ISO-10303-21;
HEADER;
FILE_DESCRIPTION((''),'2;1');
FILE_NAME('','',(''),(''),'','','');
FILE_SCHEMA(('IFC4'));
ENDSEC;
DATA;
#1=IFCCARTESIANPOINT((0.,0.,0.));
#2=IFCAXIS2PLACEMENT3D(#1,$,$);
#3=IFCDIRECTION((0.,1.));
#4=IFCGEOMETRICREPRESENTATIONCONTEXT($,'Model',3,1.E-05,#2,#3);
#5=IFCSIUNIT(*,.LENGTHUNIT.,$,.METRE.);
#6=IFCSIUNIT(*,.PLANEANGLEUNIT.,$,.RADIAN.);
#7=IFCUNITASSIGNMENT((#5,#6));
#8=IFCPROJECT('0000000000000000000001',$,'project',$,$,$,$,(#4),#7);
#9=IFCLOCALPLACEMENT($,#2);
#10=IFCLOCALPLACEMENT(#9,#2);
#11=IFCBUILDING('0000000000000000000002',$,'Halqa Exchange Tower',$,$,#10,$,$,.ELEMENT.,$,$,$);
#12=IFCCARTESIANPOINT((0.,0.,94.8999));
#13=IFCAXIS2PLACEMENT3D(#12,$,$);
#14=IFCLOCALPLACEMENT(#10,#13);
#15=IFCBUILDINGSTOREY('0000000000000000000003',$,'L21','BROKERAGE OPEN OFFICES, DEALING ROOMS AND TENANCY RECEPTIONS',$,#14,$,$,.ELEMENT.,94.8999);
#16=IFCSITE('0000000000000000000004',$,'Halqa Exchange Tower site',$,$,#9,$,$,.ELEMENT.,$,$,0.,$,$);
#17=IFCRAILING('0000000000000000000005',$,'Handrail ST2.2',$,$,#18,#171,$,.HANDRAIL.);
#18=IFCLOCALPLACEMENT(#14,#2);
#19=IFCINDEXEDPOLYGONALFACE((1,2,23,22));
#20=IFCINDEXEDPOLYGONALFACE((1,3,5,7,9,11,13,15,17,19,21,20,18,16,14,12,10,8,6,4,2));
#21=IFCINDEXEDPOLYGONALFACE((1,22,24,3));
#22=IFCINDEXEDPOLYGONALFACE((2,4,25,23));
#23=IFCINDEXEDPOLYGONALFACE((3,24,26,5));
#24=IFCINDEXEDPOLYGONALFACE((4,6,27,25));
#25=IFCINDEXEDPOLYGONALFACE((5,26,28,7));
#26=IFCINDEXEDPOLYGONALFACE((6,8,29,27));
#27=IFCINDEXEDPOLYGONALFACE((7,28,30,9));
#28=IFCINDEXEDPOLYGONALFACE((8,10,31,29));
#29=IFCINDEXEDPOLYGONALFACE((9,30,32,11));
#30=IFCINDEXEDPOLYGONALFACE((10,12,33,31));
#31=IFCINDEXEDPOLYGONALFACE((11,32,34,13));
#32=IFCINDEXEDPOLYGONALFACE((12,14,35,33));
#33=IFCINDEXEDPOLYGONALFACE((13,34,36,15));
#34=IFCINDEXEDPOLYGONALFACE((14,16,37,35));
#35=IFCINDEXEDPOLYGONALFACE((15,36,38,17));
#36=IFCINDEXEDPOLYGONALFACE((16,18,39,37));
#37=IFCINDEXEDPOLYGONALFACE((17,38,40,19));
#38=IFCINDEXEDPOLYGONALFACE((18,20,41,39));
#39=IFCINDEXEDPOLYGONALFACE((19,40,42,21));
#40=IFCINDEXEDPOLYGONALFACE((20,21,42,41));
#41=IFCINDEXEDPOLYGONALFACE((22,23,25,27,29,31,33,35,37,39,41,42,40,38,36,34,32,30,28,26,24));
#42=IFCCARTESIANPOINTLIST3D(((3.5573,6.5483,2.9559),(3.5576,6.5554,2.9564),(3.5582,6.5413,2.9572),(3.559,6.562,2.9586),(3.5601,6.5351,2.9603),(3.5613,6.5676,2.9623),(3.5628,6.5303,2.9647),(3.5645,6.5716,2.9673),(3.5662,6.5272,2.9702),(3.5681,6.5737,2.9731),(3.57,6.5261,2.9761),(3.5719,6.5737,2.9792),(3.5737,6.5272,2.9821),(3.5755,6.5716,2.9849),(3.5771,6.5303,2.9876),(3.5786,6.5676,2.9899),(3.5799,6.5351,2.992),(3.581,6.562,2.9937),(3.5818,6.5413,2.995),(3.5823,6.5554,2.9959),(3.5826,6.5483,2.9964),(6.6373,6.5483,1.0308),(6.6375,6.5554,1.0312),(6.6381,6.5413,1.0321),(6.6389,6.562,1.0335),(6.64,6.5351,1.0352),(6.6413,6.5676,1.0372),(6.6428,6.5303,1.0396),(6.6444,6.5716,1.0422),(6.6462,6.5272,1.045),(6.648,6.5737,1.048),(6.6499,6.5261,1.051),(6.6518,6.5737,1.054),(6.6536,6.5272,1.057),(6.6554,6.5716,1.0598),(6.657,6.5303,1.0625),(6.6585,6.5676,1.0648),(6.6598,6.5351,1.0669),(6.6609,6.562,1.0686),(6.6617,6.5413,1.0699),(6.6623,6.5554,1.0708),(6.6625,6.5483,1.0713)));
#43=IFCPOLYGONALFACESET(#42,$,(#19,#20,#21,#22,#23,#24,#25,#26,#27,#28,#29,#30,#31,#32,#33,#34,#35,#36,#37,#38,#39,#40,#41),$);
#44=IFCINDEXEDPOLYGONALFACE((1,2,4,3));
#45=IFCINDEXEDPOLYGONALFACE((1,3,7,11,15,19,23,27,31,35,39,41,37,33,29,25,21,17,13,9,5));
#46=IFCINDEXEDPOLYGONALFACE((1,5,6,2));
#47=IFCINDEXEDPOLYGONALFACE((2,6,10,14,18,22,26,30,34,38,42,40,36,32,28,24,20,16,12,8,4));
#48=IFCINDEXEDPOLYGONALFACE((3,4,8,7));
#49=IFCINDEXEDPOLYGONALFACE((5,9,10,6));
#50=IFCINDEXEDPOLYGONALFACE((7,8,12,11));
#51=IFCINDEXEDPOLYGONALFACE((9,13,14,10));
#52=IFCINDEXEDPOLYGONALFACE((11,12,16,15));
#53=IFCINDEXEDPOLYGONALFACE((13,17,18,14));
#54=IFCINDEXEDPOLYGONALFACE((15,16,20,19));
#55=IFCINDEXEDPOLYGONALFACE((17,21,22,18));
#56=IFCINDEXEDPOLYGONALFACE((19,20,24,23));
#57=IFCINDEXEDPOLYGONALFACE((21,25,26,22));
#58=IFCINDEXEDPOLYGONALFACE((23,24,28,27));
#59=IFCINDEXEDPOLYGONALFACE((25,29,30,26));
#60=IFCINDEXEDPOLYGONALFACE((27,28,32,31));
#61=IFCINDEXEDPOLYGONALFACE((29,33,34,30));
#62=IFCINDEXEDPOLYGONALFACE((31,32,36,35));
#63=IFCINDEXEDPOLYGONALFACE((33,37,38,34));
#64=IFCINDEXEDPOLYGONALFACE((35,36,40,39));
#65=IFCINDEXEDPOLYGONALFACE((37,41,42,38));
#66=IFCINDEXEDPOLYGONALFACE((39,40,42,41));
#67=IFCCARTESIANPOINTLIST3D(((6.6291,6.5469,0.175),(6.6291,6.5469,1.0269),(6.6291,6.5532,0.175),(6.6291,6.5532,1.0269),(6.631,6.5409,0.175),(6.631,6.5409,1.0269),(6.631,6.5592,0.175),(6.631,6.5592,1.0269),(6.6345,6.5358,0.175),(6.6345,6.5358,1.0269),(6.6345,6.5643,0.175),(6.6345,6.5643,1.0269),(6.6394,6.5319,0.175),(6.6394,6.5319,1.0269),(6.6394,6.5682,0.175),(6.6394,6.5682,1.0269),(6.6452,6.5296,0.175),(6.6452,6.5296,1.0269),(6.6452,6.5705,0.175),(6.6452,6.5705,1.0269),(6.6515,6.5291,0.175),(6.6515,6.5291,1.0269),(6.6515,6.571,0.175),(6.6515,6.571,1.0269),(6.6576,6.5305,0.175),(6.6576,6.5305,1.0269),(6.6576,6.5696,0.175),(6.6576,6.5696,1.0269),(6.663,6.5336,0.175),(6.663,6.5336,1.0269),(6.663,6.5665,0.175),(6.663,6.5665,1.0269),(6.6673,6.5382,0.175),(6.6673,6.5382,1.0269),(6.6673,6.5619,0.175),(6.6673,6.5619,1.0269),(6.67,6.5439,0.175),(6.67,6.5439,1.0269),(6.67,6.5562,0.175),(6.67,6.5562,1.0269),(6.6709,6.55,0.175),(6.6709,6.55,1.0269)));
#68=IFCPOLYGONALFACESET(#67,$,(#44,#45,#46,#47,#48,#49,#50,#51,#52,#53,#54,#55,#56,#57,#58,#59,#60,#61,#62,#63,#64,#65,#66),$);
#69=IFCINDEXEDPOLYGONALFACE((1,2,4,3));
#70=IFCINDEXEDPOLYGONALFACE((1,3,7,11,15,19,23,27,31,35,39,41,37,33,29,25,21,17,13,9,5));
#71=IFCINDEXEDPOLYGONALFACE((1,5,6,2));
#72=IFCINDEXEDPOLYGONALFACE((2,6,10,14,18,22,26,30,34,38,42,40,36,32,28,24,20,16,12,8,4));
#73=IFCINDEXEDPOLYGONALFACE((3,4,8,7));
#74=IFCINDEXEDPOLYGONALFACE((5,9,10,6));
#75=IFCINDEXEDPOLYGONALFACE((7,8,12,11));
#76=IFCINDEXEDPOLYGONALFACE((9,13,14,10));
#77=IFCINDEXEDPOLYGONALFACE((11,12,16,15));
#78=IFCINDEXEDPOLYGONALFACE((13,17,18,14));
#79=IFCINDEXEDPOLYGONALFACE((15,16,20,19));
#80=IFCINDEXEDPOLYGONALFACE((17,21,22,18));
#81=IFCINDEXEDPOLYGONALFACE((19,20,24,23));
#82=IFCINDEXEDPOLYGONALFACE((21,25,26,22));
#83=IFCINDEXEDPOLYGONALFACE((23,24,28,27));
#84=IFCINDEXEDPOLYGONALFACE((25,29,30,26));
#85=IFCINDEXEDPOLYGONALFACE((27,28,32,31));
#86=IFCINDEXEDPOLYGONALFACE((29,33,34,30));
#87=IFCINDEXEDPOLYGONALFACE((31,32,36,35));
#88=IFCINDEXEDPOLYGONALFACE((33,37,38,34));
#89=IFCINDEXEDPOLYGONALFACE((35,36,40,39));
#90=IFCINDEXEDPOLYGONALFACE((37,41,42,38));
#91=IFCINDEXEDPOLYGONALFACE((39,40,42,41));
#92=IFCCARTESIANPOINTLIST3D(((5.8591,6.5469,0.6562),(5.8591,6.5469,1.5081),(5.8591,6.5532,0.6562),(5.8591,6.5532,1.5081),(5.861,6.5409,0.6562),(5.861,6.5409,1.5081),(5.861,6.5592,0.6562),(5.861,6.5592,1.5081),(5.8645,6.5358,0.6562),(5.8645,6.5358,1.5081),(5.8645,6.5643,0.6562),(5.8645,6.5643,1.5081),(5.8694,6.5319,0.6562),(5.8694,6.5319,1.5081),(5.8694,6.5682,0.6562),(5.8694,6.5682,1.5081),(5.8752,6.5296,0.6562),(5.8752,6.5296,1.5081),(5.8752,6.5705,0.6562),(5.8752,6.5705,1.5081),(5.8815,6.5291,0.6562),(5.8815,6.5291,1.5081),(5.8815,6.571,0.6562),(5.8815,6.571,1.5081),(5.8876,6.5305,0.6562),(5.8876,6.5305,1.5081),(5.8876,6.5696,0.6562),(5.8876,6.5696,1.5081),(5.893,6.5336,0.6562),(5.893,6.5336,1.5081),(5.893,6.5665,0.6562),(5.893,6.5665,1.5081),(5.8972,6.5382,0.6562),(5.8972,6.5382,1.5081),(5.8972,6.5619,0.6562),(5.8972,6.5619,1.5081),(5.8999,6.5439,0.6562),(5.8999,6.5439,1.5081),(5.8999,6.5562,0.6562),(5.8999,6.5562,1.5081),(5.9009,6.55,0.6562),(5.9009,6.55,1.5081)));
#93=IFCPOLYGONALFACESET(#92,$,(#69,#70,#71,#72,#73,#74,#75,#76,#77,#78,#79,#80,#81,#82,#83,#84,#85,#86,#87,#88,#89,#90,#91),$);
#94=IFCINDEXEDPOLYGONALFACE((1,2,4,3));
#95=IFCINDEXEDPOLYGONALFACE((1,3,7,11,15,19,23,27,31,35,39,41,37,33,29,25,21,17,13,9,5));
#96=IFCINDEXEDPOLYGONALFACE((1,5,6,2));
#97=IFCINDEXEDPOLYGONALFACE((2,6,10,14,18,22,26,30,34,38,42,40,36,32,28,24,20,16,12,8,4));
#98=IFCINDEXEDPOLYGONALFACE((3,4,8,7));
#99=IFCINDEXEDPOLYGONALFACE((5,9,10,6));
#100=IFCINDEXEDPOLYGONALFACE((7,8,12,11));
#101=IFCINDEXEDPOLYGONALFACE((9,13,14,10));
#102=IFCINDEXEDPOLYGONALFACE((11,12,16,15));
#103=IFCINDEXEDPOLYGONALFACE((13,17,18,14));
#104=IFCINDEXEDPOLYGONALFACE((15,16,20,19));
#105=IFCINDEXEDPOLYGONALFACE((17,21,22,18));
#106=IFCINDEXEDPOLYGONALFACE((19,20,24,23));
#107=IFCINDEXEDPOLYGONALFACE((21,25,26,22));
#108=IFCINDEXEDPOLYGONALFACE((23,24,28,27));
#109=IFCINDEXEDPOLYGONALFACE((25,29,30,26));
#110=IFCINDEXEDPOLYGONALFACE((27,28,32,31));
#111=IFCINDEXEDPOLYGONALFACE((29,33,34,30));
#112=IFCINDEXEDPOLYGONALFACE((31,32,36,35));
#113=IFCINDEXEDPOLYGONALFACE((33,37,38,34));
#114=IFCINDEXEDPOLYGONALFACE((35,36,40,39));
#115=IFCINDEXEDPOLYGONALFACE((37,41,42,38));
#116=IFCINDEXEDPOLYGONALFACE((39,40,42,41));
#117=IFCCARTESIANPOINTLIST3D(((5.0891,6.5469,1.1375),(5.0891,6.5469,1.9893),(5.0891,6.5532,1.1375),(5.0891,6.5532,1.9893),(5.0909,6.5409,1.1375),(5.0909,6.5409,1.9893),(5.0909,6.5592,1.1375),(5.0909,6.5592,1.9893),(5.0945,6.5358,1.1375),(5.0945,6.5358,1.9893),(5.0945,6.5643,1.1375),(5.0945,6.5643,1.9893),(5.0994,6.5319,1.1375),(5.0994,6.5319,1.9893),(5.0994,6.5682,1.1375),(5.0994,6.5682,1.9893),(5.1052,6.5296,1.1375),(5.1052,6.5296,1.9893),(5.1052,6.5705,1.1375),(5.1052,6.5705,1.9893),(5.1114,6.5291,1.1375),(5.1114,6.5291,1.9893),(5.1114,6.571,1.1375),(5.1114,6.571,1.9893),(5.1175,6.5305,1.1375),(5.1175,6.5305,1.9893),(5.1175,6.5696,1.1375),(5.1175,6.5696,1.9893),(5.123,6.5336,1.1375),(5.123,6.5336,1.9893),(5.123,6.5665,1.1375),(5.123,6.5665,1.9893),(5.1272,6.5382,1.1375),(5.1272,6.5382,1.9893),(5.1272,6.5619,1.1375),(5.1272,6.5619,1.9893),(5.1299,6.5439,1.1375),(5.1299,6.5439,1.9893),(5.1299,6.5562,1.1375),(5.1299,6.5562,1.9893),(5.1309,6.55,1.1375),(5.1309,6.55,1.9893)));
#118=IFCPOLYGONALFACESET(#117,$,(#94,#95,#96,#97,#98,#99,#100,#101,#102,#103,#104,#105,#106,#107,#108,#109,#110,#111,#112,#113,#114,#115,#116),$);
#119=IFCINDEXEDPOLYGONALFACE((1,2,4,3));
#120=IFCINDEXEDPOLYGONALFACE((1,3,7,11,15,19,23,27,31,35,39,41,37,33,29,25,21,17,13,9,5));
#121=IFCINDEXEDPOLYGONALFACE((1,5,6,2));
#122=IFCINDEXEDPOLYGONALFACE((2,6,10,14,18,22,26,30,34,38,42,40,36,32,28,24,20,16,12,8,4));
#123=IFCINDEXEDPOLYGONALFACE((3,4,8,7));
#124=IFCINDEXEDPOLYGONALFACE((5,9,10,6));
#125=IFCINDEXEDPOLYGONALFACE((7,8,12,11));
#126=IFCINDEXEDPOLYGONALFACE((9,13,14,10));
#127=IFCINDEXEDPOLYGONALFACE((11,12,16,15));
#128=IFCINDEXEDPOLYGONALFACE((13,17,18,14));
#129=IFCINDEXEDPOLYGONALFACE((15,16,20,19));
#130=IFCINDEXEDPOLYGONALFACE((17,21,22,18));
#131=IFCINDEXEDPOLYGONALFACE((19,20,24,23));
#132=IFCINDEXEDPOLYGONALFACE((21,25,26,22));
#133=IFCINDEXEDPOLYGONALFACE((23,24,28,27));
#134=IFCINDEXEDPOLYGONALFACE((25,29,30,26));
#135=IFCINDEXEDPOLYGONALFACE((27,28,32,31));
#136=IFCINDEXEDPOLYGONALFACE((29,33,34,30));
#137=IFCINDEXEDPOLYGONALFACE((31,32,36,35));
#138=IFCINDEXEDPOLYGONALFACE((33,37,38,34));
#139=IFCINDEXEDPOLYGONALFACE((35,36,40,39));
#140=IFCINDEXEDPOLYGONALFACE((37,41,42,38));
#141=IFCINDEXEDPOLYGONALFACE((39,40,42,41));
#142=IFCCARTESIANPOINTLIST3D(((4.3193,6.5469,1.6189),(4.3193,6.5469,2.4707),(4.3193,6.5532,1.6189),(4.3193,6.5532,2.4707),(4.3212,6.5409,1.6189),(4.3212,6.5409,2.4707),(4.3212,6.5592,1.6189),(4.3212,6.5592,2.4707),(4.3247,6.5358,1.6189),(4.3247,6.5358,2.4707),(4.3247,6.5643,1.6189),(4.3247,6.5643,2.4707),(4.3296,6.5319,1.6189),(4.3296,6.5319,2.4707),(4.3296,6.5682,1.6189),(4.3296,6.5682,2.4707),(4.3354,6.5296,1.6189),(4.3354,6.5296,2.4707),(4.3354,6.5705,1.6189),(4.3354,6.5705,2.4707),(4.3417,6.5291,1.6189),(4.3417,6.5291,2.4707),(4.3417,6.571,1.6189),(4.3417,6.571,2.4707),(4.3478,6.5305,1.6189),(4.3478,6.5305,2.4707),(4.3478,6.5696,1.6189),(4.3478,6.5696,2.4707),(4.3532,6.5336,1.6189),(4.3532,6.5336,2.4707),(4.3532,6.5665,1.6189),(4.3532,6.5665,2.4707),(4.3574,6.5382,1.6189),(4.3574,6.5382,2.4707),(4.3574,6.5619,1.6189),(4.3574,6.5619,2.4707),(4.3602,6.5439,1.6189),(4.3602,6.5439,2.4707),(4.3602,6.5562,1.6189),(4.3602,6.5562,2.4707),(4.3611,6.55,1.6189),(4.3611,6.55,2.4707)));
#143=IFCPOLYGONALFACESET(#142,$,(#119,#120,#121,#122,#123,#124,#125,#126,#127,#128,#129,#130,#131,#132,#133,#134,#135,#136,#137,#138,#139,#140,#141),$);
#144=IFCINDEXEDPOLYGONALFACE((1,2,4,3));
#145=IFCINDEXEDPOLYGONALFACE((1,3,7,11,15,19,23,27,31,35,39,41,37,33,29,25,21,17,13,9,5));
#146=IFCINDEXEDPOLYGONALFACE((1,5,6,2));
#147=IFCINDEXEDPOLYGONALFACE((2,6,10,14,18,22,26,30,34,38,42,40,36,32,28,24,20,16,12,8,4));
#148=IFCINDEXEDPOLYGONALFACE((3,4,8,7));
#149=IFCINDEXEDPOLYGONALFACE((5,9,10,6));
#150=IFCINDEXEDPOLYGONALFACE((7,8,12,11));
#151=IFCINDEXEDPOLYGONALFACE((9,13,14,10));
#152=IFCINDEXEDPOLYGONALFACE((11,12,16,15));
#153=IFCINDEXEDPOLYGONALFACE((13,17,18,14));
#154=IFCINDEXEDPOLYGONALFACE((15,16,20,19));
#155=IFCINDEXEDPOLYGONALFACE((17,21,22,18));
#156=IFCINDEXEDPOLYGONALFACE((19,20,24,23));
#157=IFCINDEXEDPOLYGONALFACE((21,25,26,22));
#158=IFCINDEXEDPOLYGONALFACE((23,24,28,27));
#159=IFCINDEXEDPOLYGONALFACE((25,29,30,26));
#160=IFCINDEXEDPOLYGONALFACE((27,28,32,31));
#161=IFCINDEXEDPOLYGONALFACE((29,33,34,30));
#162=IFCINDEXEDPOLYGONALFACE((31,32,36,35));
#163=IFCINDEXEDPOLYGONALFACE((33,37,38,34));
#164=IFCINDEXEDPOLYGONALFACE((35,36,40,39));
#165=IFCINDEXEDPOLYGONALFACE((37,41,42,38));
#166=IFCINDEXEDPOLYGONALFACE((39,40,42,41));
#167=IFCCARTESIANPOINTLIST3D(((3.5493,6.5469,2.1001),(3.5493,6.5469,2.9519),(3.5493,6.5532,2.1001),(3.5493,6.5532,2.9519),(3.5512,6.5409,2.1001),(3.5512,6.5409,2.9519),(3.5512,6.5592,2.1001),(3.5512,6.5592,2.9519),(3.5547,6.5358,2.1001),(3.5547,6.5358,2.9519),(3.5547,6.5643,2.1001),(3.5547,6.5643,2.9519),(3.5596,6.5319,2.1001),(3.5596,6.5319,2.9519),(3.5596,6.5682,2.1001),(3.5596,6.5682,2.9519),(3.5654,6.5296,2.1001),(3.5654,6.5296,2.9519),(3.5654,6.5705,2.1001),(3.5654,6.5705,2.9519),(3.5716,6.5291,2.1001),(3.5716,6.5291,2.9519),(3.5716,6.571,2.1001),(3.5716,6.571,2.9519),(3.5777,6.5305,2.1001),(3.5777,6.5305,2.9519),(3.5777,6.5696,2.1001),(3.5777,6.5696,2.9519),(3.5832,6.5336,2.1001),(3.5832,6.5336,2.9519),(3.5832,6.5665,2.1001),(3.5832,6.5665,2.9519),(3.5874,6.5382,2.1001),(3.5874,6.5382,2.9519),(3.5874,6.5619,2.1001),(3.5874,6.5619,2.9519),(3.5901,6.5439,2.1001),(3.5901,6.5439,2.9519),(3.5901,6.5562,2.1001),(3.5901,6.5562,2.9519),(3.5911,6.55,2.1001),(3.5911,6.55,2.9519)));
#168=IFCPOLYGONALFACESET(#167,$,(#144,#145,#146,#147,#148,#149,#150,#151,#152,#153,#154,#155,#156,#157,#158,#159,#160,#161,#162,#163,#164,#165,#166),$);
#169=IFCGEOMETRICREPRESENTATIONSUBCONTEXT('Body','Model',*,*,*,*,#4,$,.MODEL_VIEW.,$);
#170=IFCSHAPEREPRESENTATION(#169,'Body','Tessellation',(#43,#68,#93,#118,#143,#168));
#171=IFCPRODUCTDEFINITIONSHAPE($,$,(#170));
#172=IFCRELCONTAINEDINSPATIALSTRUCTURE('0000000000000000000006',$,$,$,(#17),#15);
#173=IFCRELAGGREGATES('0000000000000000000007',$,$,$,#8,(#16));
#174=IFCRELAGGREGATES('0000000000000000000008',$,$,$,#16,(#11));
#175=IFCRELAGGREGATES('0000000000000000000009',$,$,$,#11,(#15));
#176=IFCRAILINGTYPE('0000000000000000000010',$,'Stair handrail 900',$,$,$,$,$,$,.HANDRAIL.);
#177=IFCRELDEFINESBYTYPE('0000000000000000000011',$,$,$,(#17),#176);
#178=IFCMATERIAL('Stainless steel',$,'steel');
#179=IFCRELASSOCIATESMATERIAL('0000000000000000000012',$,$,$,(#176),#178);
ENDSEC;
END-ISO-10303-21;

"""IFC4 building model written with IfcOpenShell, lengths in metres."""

from ifc_helpers import new_model, si_unit, direction, frame, origin, origin_2d, place, context, subcontext, project, spatial, circle, extrude, material, type_object, element, save


model = new_model("IFC4")

# Units and contexts
model_context = context("Model", 3, precision=1e-05, world=origin(), true_north=direction((0.0, 1.0)))
body_context = subcontext(model_context, "Body", "Model", "MODEL_VIEW")
ifc_project = project(units=[si_unit("LENGTHUNIT", "METRE"), si_unit("PLANEANGLEUNIT", "RADIAN")], contexts=[model_context])

# Site, building, storey
site_placement = place(None, origin())
site = spatial("IfcSite", under=ifc_project, at=site_placement, Name="Halqa Exchange Tower site", CompositionType="ELEMENT", RefElevation=0.0)
building_placement = place(site_placement, origin())
building = spatial("IfcBuilding", under=site, at=building_placement, Name="Halqa Exchange Tower", CompositionType="ELEMENT")
storey_placement = place(building_placement, frame((0.0, 0.0, 94.8999)))
storey = spatial("IfcBuildingStorey", under=building, at=storey_placement, Name="L21", Description="BROKERAGE OPEN OFFICES, DEALING ROOMS AND TENANCY RECEPTIONS", CompositionType="ELEMENT", Elevation=94.8999)

# Railing
ifc_material_1 = material(Name="Stainless steel", Category="steel")
railing_type_1 = type_object("IfcRailingType", Name="Stair handrail 900", PredefinedType="HANDRAIL", material=ifc_material_1)
railing_1_placement = place(storey_placement, frame((6.6499, 6.55, 0.175)))
element("IfcRailing", 1, at=railing_1_placement, inside=storey, type_object=railing_type_1, Name="Handrail ST2.2", PredefinedType="HANDRAIL", context=body_context, shape_type="SweptSolid", body=[
    extrude(circle(Radius=0.0239, at=origin_2d()), frame((0.0, 0.0, 0.876), z_axis=(-0.847979, 0.0, 0.530029), x_axis=(0.0, -1.0, 0.0)), (0.0, 0.0, 1.0), 3.6321),
    extrude(circle(Radius=0.021, at=origin_2d()), origin(), (0.0, 0.0, 1.0), 0.8518),
    extrude(circle(Radius=0.021, at=origin_2d()), frame((-0.77, 0.0, 0.4812)), (0.0, 0.0, 1.0), 0.8518),
    extrude(circle(Radius=0.021, at=origin_2d()), frame((-1.54, 0.0, 0.9624)), (0.0, 0.0, 1.0), 0.8518),
    extrude(circle(Radius=0.021, at=origin_2d()), frame((-2.3098, 0.0, 1.4438)), (0.0, 0.0, 1.0), 0.8518),
    extrude(circle(Radius=0.021, at=origin_2d()), frame((-3.0798, 0.0, 1.925)), (0.0, 0.0, 1.0), 0.8518),
])

save(model, "model.ifc")
